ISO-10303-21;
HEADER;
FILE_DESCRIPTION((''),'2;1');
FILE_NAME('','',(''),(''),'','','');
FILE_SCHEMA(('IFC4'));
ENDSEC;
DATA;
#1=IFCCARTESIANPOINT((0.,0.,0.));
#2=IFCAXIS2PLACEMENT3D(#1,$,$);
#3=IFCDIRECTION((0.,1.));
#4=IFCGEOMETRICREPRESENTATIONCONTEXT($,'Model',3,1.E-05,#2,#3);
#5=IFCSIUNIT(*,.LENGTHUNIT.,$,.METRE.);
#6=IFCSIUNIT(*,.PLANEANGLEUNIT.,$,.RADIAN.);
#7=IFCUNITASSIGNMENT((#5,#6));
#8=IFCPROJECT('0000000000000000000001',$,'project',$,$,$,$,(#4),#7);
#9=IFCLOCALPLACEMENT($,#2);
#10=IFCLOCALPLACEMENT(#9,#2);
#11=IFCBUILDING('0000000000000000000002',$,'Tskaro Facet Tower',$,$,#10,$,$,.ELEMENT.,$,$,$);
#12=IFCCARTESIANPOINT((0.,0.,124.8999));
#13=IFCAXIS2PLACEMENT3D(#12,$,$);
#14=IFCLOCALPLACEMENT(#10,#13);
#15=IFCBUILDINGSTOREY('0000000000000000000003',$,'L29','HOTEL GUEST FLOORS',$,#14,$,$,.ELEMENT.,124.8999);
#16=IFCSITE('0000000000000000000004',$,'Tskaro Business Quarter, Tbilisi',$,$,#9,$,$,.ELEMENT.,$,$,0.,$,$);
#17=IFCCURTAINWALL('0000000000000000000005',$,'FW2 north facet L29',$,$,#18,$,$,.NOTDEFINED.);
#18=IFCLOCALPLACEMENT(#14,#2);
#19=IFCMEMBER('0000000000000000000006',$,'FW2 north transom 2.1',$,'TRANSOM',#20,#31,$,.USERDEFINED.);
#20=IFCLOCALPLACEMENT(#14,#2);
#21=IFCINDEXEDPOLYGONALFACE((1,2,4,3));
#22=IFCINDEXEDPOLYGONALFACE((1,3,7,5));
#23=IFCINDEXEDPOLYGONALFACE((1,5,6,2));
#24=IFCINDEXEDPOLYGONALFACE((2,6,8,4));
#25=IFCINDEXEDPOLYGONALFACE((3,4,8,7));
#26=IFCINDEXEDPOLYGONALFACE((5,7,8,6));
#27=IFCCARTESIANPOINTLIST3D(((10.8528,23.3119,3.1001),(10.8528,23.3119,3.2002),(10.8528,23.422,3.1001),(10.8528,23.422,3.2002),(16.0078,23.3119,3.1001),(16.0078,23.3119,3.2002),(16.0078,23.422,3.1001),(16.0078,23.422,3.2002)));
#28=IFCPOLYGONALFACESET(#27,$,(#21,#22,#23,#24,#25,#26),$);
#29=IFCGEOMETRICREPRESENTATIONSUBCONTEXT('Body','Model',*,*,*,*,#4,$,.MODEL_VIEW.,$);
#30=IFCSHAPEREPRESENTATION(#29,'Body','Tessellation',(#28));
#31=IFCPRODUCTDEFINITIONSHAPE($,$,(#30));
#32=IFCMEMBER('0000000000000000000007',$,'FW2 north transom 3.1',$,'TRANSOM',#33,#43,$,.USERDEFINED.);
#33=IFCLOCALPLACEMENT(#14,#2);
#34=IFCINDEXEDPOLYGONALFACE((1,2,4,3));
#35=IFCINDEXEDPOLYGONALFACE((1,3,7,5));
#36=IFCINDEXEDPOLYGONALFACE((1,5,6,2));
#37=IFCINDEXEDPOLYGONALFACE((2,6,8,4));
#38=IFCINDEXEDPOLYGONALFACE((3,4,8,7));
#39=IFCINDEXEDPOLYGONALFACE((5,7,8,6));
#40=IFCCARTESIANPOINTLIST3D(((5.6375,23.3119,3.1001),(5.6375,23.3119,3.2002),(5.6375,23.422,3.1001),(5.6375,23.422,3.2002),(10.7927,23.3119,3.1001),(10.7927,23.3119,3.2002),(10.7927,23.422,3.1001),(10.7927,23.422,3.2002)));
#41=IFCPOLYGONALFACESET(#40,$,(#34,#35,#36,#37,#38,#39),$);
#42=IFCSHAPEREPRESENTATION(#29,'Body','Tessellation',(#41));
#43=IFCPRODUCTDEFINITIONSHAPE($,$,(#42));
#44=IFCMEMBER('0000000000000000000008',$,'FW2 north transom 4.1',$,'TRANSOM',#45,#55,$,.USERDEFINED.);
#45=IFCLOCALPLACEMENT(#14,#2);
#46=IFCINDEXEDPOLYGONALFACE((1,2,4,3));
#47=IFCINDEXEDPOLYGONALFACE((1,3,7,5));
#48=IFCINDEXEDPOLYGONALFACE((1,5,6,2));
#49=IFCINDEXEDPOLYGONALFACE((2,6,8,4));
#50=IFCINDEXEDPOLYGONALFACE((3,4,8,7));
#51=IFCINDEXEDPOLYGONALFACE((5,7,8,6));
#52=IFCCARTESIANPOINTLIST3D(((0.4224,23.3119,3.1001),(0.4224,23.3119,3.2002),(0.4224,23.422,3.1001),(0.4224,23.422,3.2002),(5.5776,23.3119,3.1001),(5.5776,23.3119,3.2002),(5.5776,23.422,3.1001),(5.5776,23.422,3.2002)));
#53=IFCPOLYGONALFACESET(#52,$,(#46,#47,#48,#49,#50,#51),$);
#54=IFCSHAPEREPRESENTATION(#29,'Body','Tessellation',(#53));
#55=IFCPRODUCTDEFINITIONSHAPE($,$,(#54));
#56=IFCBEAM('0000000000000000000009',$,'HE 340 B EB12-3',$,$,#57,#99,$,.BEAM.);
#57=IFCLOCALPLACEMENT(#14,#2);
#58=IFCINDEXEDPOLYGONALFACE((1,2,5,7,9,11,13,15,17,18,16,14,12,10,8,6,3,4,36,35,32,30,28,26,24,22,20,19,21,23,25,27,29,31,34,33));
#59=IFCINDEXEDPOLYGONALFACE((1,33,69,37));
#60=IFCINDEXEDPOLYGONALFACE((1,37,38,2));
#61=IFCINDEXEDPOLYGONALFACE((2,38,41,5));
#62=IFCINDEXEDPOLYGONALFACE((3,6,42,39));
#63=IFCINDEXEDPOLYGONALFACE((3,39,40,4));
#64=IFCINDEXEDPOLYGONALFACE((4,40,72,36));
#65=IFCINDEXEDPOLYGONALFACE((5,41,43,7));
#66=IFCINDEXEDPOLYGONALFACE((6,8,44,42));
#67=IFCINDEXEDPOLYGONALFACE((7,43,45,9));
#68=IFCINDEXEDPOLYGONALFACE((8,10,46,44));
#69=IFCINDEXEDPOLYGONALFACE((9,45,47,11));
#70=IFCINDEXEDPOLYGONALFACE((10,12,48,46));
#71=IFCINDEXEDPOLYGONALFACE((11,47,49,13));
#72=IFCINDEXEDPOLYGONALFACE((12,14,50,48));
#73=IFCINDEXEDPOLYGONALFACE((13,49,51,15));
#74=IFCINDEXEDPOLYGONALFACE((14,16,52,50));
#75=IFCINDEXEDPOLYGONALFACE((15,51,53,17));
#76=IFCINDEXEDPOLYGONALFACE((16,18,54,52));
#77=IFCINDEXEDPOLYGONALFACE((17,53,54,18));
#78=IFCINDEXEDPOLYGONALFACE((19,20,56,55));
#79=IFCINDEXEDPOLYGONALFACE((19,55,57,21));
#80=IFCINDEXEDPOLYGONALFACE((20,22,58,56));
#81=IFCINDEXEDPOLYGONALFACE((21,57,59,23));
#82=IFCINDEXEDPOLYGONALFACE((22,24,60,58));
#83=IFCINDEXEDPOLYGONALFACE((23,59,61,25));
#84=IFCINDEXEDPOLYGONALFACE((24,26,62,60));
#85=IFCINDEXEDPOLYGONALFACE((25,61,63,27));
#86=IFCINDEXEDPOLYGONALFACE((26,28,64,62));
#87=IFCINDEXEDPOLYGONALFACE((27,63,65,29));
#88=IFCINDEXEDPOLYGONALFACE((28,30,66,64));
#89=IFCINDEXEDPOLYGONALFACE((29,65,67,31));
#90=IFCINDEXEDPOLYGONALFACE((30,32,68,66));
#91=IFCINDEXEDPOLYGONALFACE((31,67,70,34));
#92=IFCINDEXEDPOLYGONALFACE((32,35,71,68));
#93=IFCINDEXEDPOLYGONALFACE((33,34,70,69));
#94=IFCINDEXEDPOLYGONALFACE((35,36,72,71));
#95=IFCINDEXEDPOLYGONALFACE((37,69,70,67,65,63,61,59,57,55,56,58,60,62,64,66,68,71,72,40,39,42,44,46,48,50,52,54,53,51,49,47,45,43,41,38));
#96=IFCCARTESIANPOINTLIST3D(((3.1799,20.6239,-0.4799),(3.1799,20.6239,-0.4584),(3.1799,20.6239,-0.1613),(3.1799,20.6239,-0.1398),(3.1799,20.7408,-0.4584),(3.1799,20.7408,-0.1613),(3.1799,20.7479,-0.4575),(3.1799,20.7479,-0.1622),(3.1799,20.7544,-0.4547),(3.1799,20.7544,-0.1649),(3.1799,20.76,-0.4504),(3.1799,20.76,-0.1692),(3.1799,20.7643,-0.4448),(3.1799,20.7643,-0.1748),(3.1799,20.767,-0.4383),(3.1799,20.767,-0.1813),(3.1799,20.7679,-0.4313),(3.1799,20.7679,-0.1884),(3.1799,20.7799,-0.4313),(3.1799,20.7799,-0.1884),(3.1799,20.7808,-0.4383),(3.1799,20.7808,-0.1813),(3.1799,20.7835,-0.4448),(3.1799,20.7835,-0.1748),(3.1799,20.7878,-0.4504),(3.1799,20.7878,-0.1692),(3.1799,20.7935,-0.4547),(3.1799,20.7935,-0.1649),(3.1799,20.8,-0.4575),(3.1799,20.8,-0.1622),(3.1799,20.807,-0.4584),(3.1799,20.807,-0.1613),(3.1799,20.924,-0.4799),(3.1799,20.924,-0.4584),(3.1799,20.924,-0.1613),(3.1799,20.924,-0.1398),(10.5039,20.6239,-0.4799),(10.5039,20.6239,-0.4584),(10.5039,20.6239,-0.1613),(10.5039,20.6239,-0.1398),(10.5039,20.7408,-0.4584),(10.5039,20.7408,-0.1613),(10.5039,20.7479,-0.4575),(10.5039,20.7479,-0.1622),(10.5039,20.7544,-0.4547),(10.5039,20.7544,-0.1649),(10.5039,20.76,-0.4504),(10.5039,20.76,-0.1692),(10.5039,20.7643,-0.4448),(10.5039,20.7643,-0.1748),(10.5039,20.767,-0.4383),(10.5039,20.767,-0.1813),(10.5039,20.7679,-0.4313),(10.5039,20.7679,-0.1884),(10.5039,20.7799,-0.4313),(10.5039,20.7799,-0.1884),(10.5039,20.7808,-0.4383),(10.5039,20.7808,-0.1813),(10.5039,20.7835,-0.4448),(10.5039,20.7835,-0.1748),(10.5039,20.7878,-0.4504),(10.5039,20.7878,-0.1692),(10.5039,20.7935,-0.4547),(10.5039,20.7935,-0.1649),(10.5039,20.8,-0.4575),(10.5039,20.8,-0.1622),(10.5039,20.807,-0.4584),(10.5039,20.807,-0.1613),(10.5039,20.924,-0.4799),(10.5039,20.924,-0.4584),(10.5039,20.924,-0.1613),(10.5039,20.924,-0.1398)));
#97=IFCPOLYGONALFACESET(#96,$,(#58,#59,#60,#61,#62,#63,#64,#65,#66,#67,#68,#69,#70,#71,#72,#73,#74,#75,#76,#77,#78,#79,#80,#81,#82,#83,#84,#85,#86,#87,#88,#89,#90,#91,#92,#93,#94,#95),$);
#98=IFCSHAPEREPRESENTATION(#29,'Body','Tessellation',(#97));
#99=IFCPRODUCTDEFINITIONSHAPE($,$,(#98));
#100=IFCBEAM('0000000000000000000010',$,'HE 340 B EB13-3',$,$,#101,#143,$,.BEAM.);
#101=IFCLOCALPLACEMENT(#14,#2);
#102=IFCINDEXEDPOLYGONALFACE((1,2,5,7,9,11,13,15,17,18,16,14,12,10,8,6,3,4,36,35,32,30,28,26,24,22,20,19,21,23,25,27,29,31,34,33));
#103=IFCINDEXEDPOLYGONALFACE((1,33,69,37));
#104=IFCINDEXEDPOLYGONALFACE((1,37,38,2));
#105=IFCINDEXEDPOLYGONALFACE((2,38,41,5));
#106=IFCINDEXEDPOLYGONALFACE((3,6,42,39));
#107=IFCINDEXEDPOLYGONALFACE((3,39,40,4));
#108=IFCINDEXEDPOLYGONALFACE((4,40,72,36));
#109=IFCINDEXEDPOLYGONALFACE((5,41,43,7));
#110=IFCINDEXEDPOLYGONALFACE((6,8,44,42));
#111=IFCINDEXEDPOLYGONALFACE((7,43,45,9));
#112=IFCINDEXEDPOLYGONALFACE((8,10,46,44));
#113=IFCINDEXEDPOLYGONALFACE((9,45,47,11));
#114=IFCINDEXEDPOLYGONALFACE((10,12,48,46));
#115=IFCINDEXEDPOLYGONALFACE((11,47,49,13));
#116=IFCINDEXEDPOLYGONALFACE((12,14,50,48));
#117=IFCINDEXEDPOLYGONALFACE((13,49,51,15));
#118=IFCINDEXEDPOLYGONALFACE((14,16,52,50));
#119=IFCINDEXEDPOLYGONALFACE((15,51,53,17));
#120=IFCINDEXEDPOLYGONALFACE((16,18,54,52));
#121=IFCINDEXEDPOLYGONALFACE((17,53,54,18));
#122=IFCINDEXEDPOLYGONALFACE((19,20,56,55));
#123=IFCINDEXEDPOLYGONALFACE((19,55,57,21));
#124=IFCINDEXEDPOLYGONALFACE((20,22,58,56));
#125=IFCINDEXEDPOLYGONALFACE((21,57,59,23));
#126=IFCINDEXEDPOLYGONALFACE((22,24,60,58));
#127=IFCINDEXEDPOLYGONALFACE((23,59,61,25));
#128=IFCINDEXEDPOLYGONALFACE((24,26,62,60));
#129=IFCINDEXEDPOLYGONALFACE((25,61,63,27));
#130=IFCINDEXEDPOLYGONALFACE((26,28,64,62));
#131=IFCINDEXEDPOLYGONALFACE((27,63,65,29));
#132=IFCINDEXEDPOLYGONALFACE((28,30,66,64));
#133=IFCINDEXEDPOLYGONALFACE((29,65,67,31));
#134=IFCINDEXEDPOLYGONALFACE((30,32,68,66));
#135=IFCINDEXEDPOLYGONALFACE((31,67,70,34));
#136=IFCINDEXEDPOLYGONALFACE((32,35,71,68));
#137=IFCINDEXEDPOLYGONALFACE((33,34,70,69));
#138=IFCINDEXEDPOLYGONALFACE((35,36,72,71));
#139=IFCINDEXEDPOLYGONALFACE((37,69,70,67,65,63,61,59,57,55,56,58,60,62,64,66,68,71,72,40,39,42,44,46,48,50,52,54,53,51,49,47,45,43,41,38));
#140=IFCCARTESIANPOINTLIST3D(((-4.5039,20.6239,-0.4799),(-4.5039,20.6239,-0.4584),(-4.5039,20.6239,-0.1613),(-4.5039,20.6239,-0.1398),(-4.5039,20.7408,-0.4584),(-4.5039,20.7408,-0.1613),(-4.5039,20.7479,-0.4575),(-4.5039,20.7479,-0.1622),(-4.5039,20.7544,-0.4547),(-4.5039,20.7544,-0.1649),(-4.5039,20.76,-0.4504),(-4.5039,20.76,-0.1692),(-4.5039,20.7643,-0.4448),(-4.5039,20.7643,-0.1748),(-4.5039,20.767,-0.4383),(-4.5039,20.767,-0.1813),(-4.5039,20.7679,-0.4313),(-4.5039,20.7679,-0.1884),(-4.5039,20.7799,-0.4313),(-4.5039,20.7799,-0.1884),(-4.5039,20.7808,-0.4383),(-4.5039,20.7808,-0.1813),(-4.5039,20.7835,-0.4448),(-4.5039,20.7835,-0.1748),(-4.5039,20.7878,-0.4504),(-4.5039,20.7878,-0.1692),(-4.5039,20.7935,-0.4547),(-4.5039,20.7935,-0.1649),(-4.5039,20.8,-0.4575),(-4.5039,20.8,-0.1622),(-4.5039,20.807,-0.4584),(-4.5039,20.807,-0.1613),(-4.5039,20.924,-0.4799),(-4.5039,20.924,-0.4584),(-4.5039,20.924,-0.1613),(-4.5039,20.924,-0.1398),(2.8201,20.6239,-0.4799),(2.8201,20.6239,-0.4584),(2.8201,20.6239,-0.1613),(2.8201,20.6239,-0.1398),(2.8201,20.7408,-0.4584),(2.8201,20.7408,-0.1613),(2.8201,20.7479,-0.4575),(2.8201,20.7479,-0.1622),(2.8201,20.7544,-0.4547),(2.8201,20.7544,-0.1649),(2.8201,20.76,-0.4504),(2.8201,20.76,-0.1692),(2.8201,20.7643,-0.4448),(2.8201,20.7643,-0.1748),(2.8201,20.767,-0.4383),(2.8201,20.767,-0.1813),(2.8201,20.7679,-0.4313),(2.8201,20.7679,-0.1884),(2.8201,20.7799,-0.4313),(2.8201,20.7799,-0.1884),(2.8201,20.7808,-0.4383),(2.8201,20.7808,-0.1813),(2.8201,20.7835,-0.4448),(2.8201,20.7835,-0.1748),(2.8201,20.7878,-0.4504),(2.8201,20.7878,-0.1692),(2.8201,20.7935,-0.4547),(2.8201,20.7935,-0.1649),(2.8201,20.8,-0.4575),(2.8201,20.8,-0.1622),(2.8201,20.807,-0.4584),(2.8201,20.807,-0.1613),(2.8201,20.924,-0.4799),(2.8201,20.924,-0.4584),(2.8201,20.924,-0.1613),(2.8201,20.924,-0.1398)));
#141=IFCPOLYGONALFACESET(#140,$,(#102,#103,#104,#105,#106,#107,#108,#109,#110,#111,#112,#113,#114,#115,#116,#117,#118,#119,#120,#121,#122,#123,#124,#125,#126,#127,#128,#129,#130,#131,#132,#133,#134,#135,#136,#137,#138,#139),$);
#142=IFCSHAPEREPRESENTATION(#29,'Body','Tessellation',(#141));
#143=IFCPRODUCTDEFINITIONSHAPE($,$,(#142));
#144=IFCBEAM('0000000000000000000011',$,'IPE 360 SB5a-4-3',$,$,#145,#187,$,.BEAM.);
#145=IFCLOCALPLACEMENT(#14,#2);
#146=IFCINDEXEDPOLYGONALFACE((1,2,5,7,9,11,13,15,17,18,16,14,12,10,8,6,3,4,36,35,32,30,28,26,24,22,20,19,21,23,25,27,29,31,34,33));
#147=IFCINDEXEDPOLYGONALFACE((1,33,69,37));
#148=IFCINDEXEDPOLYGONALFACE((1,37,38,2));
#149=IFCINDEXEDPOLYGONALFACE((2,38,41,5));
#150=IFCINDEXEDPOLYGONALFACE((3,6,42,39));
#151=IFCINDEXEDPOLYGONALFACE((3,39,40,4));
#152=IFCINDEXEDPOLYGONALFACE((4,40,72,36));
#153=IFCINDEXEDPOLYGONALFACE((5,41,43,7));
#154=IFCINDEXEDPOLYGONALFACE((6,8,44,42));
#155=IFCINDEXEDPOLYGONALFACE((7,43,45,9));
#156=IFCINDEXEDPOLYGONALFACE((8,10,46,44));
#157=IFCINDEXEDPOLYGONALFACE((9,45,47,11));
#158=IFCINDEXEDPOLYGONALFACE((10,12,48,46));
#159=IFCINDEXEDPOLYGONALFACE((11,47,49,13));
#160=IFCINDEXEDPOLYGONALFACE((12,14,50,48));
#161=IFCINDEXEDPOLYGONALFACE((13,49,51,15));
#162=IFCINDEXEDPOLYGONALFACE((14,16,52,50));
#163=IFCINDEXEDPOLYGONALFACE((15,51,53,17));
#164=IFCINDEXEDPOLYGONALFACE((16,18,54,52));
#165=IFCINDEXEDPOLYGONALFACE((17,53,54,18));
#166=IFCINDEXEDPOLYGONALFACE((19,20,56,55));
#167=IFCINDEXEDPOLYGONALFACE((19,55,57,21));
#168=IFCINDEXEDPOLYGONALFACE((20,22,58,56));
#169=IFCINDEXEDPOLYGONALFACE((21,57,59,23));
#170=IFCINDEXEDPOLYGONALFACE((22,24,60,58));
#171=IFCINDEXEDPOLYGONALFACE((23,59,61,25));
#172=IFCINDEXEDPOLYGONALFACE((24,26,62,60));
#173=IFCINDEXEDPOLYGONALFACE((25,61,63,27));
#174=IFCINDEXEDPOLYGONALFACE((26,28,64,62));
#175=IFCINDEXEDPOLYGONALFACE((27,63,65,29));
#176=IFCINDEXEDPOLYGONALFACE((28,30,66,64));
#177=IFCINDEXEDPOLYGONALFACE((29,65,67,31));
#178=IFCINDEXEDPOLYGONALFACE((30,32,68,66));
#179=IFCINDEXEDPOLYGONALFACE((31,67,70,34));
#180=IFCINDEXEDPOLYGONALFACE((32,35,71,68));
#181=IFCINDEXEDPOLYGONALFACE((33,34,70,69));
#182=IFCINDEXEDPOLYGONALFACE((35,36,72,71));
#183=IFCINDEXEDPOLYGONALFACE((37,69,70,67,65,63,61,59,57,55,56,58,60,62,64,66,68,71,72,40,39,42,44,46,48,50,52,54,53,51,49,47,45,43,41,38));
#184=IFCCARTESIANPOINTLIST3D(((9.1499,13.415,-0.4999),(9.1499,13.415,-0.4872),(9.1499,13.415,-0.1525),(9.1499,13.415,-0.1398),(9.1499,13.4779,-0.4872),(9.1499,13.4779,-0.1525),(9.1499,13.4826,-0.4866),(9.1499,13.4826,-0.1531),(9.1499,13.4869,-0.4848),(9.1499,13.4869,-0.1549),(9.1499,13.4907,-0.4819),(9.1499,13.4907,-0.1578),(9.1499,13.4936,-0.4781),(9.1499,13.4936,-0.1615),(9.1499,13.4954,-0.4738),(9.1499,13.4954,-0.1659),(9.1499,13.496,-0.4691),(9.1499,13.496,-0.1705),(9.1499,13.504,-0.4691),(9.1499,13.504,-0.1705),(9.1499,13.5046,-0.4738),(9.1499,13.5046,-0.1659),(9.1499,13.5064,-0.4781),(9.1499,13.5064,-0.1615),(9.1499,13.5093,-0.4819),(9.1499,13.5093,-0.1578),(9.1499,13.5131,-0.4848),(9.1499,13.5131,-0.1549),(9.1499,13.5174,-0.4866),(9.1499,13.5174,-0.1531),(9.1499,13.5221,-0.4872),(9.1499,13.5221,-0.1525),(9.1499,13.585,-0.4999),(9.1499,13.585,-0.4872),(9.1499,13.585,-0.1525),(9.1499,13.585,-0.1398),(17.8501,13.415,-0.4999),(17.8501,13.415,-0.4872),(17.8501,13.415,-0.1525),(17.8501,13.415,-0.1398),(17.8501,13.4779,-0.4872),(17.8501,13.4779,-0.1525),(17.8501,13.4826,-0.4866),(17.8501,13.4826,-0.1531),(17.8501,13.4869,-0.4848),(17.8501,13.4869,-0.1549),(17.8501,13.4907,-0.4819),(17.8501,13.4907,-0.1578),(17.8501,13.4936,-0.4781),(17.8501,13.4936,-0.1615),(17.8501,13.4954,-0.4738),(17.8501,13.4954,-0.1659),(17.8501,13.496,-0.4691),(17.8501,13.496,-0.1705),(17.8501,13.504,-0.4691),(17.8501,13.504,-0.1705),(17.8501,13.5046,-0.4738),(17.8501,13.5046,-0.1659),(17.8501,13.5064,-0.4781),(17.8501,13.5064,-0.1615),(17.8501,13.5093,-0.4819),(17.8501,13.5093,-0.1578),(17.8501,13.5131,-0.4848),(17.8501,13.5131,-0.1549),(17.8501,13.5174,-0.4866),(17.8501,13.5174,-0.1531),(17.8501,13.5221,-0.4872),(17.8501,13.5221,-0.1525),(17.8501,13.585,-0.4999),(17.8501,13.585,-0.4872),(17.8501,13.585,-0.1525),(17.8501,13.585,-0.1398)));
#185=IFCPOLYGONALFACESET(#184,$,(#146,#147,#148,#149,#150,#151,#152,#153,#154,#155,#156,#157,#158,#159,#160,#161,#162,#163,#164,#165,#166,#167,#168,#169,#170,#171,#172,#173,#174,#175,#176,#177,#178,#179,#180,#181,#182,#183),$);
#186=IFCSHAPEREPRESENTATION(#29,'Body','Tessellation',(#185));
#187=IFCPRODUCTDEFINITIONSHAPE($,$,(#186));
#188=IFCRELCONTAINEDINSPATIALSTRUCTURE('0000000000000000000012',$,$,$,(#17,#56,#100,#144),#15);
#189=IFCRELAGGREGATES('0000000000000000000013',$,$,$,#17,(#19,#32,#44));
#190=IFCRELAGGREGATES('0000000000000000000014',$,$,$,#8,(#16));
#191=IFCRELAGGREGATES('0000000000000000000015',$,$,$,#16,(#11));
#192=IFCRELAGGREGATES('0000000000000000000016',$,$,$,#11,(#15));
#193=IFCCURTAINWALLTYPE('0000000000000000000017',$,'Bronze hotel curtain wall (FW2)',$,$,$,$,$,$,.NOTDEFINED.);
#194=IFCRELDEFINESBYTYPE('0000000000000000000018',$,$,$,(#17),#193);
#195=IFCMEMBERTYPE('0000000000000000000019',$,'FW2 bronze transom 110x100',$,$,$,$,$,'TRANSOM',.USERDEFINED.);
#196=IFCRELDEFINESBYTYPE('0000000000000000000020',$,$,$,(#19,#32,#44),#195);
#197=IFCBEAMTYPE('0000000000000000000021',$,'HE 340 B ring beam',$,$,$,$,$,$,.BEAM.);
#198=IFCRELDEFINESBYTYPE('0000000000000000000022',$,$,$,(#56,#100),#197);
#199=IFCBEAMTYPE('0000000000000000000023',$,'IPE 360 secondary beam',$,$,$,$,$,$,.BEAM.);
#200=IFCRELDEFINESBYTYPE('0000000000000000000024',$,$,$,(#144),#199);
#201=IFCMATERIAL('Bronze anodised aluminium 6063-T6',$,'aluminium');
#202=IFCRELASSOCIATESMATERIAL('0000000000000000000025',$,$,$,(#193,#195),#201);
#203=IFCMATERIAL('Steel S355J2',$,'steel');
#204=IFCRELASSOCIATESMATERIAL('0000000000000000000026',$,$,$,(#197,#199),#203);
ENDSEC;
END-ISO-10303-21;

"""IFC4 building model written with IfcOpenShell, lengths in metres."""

from ifc_helpers import new_model, si_unit, direction, frame, origin, origin_2d, place, context, subcontext, project, spatial, rectangle, i_section, extrude, material, material_profile, profile_set, type_object, element, aggregate, save


model = new_model("IFC4")

# Units and contexts
model_context = context("Model", 3, precision=1e-05, world=origin(), true_north=direction((0.0, 1.0)))
body_context = subcontext(model_context, "Body", "Model", "MODEL_VIEW")
ifc_project = project(units=[si_unit("LENGTHUNIT", "METRE"), si_unit("PLANEANGLEUNIT", "RADIAN")], contexts=[model_context])

# Site, building, storey
site_placement = place(None, origin())
site = spatial("IfcSite", under=ifc_project, at=site_placement, Name="Tskaro Business Quarter, Tbilisi", CompositionType="ELEMENT", RefElevation=0.0)
building_placement = place(site_placement, origin())
building = spatial("IfcBuilding", under=site, at=building_placement, Name="Tskaro Facet Tower", CompositionType="ELEMENT")
storey_placement = place(building_placement, frame((0.0, 0.0, 124.8999)))
storey = spatial("IfcBuildingStorey", under=building, at=storey_placement, Name="L29", Description="HOTEL GUEST FLOORS", CompositionType="ELEMENT", Elevation=124.8999)

# Curtain wall, members
ifc_material_1 = material(Name="Bronze anodised aluminium 6063-T6", Category="aluminium")
curtain_wall_type = type_object("IfcCurtainWallType", Name="Bronze hotel curtain wall (FW2)", PredefinedType="NOTDEFINED", material=ifc_material_1)
curtain_wall_placement = place(storey_placement, origin())
curtain_wall = element("IfcCurtainWall", 1, at=curtain_wall_placement, inside=storey, type_object=curtain_wall_type, Name="FW2 north facet L29", PredefinedType="NOTDEFINED")
ifc_material_profile_1 = material_profile(ifc_material_1, rectangle(XDim=0.1101, YDim=0.1001, at=origin_2d()), Name="Transom 110x100")
ifc_profile_set_1 = profile_set([ifc_material_profile_1], Name="Bronze anodised aluminium 6063-T6")
member_type_1 = type_object("IfcMemberType", Name="FW2 bronze transom 110x100", ElementType="TRANSOM", PredefinedType="USERDEFINED", material=ifc_profile_set_1)
member_1_placement = place(storey_placement, frame((16.0078, 23.3669, 3.1501), z_axis=(-1.0, 0.0, 0.0), x_axis=(0.0, -1.0, 0.0)))
member_1 = element("IfcMember", 2, at=member_1_placement, type_object=member_type_1, Name="FW2 north transom 2.1", ObjectType="TRANSOM", PredefinedType="USERDEFINED", context=body_context, shape_type="SweptSolid", body=[
    extrude(rectangle(XDim=0.1101, YDim=0.1001, at=origin_2d()), origin(), (0.0, 0.0, 1.0), 5.155),
])
member_2_placement = place(storey_placement, frame((10.7927, 23.3669, 3.1501), z_axis=(-1.0, 0.0, 0.0), x_axis=(0.0, -1.0, 0.0)))
member_2 = element("IfcMember", 3, at=member_2_placement, type_object=member_type_1, Name="FW2 north transom 3.1", ObjectType="TRANSOM", PredefinedType="USERDEFINED", context=body_context, shape_type="SweptSolid", body=[
    extrude(rectangle(XDim=0.1101, YDim=0.1001, at=origin_2d()), origin(), (0.0, 0.0, 1.0), 5.1553),
])
member_3_placement = place(storey_placement, frame((5.5776, 23.3669, 3.1501), z_axis=(-1.0, 0.0, 0.0), x_axis=(0.0, -1.0, 0.0)))
member_3 = element("IfcMember", 4, at=member_3_placement, type_object=member_type_1, Name="FW2 north transom 4.1", ObjectType="TRANSOM", PredefinedType="USERDEFINED", context=body_context, shape_type="SweptSolid", body=[
    extrude(rectangle(XDim=0.1101, YDim=0.1001, at=origin_2d()), origin(), (0.0, 0.0, 1.0), 5.1553),
])

# Beams
ifc_material_2 = material(Name="Steel S355J2", Category="steel")
ifc_material_profile_2 = material_profile(ifc_material_2, i_section(OverallWidth=0.3, OverallDepth=0.3401, WebThickness=0.012, FlangeThickness=0.0215, FilletRadius=0.0271, at=origin_2d()), Name="HE 340 B")
ifc_profile_set_2 = profile_set([ifc_material_profile_2], Name="Steel S355J2")
beam_type_1 = type_object("IfcBeamType", Name="HE 340 B ring beam", PredefinedType="BEAM", material=ifc_profile_set_2)
for number, where, z_axis, x_axis, name in (
    (5, (10.5039, 20.7739, -0.3098), (-1.0, 0.0, 0.0), (0.0, -1.0, 0.0), "HE 340 B EB12-3"),
    (6, (2.8201, 20.7739, -0.3098), (-1.0, 0.0, 0.0), (0.0, -1.0, 0.0), "HE 340 B EB13-3"),
):
    element("IfcBeam", number, at=place(storey_placement, frame(where, z_axis=z_axis, x_axis=x_axis)), inside=storey, type_object=beam_type_1, Name=name, PredefinedType="BEAM", context=body_context, shape_type="SweptSolid", body=[
        extrude(i_section(OverallWidth=0.3, OverallDepth=0.3401, WebThickness=0.012, FlangeThickness=0.0215, FilletRadius=0.0271, at=origin_2d()), origin(), (0.0, 0.0, 1.0), 7.324),
    ])
ifc_material_profile_3 = material_profile(ifc_material_2, i_section(OverallWidth=0.1699, OverallDepth=0.3601, WebThickness=0.0081, FlangeThickness=0.0127, FilletRadius=0.0181, at=origin_2d()), Name="IPE 360")
ifc_profile_set_3 = profile_set([ifc_material_profile_3], Name="Steel S355J2")
beam_type_2 = type_object("IfcBeamType", Name="IPE 360 secondary beam", PredefinedType="BEAM", material=ifc_profile_set_3)
beam_placement = place(storey_placement, frame((9.1499, 13.5, -0.3198), z_axis=(1.0, 0.0, 0.0), x_axis=(0.0, 1.0, 0.0)))
element("IfcBeam", 7, at=beam_placement, inside=storey, type_object=beam_type_2, Name="IPE 360 SB5a-4-3", PredefinedType="BEAM", context=body_context, shape_type="SweptSolid", body=[
    extrude(i_section(OverallWidth=0.1699, OverallDepth=0.3601, WebThickness=0.0081, FlangeThickness=0.0127, FilletRadius=0.0181, at=origin_2d()), origin(), (0.0, 0.0, 1.0), 8.7002),
])

aggregate(curtain_wall, [member_1, member_2, member_3])

save(model, "model.ifc")
